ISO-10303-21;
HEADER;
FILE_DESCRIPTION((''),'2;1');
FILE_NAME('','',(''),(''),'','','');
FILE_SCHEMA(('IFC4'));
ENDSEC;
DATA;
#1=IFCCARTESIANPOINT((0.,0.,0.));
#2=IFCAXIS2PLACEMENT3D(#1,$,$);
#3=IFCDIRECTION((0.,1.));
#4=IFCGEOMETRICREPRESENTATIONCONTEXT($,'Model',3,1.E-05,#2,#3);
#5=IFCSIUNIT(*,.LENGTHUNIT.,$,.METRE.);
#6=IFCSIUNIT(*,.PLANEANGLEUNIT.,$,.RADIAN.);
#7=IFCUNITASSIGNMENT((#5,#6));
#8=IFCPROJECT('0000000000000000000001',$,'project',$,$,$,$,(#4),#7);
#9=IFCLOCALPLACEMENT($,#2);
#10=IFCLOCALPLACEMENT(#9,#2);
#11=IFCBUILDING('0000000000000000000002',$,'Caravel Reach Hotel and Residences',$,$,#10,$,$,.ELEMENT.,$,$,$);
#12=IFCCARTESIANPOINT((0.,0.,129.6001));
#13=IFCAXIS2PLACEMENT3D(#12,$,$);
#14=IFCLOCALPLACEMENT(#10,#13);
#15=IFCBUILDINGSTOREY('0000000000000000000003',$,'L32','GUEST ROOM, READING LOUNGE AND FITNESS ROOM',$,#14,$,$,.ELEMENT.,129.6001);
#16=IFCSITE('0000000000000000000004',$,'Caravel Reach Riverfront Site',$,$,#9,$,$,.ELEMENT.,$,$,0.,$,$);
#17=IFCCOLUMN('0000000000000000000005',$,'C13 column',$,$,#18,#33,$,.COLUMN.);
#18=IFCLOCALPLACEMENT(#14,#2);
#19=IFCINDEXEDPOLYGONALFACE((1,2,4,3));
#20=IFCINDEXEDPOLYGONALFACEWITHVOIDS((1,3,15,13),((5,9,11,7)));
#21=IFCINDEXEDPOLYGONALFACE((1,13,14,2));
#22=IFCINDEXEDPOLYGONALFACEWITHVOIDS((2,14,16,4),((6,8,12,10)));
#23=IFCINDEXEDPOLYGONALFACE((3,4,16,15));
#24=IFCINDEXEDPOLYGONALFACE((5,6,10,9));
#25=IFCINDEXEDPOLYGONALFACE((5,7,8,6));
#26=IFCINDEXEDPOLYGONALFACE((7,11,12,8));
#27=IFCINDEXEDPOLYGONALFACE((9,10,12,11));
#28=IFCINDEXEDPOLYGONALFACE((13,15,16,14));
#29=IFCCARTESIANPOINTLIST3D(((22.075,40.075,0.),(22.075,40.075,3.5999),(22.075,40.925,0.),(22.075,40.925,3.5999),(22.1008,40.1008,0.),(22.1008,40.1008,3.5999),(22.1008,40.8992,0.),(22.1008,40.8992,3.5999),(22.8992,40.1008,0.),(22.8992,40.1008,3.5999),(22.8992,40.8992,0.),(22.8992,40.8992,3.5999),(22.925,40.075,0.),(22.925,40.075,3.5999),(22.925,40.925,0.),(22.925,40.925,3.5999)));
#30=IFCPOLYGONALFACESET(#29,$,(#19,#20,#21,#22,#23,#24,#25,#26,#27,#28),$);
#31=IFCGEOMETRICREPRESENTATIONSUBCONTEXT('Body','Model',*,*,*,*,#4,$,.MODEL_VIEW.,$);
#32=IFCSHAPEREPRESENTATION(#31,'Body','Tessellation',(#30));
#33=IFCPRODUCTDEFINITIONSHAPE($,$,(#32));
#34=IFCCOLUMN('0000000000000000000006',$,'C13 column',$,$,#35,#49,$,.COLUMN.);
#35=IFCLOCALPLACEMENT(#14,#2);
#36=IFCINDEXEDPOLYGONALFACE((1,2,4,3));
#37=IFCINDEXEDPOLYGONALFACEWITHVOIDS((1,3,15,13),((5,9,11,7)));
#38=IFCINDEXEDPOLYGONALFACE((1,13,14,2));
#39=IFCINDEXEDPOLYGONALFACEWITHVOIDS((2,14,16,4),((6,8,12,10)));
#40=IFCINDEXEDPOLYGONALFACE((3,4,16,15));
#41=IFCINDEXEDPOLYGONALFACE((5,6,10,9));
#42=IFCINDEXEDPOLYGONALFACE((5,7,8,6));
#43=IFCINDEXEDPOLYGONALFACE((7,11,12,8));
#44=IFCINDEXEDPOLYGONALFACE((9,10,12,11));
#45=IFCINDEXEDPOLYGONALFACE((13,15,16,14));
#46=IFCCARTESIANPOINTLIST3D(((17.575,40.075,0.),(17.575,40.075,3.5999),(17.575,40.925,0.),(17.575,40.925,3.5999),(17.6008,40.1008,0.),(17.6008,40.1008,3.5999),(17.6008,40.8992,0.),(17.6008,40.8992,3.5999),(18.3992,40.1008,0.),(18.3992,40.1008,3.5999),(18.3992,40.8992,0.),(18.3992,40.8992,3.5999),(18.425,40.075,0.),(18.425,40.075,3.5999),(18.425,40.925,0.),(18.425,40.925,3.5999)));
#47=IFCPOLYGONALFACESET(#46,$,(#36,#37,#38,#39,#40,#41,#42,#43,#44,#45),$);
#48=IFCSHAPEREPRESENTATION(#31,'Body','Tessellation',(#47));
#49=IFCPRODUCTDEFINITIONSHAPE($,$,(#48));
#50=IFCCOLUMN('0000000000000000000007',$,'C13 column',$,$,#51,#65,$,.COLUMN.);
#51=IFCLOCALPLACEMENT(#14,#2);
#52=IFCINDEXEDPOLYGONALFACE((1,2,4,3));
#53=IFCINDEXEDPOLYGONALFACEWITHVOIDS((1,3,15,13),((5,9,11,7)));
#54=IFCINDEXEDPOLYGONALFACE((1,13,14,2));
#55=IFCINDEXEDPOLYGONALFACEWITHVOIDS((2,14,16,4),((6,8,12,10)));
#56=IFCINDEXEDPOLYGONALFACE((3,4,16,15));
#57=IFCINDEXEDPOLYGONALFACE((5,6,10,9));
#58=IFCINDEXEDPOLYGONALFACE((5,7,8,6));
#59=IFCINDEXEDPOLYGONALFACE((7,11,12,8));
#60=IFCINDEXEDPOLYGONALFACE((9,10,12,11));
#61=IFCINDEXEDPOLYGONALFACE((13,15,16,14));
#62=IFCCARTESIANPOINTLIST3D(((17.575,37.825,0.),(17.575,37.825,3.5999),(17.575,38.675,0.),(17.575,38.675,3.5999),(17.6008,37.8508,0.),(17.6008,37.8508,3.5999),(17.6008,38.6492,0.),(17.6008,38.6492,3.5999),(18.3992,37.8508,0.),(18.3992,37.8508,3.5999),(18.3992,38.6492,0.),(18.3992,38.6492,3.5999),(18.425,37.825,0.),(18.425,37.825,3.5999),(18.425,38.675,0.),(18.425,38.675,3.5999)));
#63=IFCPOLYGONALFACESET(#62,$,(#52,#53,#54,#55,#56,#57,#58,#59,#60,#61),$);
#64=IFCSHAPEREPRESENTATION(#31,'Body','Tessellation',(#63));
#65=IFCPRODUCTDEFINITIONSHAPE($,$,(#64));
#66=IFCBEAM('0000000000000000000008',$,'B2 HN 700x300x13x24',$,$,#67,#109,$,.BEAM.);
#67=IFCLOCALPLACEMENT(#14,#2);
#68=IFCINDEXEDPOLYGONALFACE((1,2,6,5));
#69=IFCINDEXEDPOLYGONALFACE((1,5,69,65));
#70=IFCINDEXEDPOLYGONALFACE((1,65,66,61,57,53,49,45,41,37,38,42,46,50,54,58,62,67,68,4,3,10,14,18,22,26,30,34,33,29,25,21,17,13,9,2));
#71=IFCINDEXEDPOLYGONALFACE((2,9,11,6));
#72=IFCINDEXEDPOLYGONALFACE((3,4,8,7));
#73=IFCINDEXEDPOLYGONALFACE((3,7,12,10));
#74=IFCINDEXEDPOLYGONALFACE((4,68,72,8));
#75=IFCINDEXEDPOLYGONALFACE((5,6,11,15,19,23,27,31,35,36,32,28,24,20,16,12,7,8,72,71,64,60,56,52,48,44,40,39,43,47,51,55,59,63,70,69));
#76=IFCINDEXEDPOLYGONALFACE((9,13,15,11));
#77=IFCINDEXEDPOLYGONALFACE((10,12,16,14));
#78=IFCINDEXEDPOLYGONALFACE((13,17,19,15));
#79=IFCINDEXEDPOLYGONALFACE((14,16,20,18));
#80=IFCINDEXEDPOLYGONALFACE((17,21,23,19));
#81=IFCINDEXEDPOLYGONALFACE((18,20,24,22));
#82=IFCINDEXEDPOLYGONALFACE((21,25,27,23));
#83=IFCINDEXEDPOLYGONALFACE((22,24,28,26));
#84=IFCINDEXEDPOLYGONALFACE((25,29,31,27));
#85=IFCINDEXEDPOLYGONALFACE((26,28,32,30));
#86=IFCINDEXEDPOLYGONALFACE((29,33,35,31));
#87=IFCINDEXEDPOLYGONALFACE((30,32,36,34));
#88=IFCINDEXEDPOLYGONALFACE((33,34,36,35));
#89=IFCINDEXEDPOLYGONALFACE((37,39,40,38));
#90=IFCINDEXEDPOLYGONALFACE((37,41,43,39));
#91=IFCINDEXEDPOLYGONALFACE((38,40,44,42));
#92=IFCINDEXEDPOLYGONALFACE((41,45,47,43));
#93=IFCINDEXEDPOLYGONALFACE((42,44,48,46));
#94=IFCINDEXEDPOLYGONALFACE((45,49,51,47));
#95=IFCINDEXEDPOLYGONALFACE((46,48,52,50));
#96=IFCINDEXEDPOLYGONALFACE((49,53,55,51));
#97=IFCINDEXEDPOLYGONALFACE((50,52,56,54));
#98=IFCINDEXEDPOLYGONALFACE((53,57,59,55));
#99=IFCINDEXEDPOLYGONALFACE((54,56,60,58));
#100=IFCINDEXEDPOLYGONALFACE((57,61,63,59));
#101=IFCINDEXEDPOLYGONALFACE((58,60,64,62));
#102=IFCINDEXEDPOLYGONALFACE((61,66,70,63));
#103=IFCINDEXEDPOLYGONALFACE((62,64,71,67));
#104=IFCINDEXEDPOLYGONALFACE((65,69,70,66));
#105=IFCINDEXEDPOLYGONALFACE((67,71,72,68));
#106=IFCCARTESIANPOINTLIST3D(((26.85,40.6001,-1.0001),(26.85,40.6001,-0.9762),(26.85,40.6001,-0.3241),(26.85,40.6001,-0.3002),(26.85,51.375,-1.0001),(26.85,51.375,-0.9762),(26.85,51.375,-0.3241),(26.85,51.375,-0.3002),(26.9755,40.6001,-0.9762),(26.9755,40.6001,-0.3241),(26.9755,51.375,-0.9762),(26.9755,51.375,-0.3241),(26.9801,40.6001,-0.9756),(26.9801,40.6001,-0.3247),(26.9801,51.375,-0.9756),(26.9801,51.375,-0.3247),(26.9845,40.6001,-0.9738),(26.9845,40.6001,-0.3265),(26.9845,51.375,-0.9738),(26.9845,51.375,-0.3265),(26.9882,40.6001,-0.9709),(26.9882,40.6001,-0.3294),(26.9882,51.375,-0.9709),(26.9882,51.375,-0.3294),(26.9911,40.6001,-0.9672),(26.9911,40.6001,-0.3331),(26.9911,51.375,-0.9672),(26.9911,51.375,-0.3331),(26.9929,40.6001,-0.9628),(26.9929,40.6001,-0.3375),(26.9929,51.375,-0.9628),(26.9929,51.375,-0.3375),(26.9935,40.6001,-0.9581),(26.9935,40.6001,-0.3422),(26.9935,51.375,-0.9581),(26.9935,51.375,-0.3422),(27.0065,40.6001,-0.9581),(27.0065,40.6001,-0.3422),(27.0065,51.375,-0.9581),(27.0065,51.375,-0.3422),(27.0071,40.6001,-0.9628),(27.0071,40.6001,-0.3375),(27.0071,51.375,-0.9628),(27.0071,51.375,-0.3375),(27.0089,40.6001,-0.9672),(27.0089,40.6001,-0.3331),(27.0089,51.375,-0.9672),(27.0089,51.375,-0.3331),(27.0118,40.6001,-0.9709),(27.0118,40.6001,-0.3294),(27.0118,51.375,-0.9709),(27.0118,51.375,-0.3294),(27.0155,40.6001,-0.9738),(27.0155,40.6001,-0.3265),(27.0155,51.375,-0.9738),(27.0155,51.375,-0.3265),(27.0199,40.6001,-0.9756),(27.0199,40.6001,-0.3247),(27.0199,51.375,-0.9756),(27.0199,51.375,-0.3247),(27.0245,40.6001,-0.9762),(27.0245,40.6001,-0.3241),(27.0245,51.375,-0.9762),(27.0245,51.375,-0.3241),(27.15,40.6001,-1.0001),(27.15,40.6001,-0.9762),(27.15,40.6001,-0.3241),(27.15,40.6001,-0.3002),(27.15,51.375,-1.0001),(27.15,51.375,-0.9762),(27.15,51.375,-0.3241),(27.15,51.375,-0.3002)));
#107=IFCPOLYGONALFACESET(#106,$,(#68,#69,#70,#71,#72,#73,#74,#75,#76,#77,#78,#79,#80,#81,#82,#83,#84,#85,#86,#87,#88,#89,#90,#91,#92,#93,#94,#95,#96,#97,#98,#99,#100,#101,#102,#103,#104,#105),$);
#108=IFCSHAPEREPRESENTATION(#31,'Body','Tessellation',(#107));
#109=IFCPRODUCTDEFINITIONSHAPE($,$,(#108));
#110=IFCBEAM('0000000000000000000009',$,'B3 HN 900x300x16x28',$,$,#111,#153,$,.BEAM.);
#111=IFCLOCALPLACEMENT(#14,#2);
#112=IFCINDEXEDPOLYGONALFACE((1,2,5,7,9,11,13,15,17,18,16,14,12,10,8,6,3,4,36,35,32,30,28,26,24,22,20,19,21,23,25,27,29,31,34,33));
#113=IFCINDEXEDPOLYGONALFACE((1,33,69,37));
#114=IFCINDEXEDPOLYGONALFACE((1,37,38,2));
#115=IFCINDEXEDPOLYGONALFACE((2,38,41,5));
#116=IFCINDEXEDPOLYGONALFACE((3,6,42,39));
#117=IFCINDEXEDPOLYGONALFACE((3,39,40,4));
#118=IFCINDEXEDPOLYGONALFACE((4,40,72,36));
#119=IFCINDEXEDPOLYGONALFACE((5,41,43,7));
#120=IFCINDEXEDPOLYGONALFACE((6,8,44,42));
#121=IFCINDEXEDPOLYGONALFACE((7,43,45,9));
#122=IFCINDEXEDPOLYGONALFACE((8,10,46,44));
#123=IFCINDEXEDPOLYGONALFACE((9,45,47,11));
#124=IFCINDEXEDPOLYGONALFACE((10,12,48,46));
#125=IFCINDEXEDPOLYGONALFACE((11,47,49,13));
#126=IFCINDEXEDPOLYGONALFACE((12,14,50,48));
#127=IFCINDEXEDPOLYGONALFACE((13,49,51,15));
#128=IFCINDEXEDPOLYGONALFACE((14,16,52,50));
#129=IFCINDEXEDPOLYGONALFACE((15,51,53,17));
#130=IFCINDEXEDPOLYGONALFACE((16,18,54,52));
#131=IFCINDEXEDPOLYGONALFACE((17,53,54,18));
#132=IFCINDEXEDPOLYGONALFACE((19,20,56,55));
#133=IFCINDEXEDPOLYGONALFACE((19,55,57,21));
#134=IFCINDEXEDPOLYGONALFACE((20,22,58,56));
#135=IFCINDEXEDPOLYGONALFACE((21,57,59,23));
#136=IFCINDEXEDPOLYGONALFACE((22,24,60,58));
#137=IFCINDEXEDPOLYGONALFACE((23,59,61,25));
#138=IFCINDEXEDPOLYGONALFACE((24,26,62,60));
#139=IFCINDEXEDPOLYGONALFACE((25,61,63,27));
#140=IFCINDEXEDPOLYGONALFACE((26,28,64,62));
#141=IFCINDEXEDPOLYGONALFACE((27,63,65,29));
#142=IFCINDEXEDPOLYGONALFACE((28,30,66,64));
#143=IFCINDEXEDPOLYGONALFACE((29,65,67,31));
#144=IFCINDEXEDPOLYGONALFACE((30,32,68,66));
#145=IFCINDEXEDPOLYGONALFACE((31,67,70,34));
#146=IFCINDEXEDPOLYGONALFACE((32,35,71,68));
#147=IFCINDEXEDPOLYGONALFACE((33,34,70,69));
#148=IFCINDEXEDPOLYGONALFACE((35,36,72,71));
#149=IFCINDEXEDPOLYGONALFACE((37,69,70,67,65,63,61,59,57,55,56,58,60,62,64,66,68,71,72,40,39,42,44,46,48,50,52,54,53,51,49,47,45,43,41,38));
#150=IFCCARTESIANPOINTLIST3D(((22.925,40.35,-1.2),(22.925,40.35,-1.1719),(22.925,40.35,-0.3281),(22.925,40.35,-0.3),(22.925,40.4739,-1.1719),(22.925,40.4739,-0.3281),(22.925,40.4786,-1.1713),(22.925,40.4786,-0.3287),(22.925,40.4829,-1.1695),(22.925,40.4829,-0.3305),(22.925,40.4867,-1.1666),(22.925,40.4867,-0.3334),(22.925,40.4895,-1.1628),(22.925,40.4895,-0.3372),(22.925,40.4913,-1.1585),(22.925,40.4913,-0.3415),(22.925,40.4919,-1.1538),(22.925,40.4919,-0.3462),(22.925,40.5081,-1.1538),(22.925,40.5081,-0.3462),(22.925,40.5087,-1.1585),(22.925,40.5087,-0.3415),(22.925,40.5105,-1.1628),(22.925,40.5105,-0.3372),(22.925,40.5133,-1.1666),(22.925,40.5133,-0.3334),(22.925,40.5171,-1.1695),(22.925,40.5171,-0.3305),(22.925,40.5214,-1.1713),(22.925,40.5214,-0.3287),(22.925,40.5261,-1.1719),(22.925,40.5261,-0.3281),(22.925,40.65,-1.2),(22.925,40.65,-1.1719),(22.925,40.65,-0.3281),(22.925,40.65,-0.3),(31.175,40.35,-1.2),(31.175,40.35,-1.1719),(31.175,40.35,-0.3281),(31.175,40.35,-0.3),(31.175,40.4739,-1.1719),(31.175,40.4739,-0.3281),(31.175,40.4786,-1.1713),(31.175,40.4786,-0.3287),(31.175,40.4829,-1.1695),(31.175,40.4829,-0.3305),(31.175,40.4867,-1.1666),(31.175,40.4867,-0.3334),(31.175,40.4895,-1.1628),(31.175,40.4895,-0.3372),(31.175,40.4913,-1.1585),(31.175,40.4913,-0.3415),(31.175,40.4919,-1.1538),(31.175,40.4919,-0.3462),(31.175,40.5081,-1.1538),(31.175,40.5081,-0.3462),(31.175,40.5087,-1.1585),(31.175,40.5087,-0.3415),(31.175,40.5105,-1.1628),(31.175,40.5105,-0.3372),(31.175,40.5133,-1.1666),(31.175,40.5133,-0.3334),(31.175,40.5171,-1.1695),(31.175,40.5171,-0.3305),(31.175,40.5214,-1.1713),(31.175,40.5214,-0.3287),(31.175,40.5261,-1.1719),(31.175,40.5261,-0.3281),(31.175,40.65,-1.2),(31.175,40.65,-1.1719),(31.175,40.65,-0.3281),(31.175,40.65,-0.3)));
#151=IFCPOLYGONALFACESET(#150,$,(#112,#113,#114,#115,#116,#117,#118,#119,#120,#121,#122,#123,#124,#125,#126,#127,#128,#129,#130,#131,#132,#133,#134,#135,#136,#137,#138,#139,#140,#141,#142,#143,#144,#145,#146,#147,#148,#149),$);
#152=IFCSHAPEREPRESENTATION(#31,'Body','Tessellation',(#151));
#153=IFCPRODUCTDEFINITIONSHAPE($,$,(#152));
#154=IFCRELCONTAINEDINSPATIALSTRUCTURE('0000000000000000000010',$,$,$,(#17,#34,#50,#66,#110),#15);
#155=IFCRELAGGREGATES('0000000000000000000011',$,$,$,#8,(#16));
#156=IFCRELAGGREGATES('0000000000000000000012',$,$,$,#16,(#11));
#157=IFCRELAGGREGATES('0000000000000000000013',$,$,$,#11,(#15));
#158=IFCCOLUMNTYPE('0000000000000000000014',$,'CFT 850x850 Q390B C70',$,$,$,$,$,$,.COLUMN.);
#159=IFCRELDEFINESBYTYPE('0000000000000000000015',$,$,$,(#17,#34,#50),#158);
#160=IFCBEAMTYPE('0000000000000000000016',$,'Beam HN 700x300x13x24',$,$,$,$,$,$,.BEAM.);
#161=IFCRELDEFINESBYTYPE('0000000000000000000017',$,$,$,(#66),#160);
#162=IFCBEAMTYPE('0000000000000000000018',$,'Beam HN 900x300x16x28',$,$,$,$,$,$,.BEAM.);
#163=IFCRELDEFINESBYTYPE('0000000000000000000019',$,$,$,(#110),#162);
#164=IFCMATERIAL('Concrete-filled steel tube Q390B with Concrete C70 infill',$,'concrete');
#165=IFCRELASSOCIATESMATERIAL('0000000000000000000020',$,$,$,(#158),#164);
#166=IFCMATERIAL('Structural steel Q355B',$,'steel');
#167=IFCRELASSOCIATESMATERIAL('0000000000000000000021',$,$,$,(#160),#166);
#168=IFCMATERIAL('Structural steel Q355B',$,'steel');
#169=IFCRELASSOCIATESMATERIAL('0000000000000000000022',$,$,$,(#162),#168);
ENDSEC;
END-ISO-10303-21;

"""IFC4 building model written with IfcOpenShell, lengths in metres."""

from ifc_helpers import new_model, si_unit, direction, frame, origin, origin_2d, place, context, subcontext, project, spatial, hollow_rectangle, i_section, extrude, material, material_profile, profile_set, type_object, element, save


model = new_model("IFC4")

# Units and contexts
model_context = context("Model", 3, precision=1e-05, world=origin(), true_north=direction((0.0, 1.0)))
body_context = subcontext(model_context, "Body", "Model", "MODEL_VIEW")
ifc_project = project(units=[si_unit("LENGTHUNIT", "METRE"), si_unit("PLANEANGLEUNIT", "RADIAN")], contexts=[model_context])

# Site, building, storey
site_placement = place(None, origin())
site = spatial("IfcSite", under=ifc_project, at=site_placement, Name="Caravel Reach Riverfront Site", CompositionType="ELEMENT", RefElevation=0.0)
building_placement = place(site_placement, origin())
building = spatial("IfcBuilding", under=site, at=building_placement, Name="Caravel Reach Hotel and Residences", CompositionType="ELEMENT")
storey_placement = place(building_placement, frame((0.0, 0.0, 129.6001)))
storey = spatial("IfcBuildingStorey", under=building, at=storey_placement, Name="L32", Description="GUEST ROOM, READING LOUNGE AND FITNESS ROOM", CompositionType="ELEMENT", Elevation=129.6001)

# Columns
ifc_material_1 = material(Name="Concrete-filled steel tube Q390B with Concrete C70 infill", Category="concrete")
ifc_material_profile_1 = material_profile(ifc_material_1, hollow_rectangle(XDim=0.8501, YDim=0.8501, WallThickness=0.0259, at=origin_2d()), Name="RHS 850x850x26")
ifc_profile_set_1 = profile_set([ifc_material_profile_1], Name="Concrete-filled steel tube Q390B with Concrete C70 infill")
column_type = type_object("IfcColumnType", Name="CFT 850x850 Q390B C70", PredefinedType="COLUMN", material=ifc_profile_set_1)
for number, where, z_axis, x_axis, name in (
    (1, (22.5, 40.5, 0.0), (0.0, 0.0, 1.0), (1.0, 0.0, 0.0), "C13 column"),
    (2, (18.0, 40.5, 0.0), (0.0, 0.0, 1.0), (1.0, 0.0, 0.0), "C13 column"),
    (3, (18.0, 38.25, 0.0), (0.0, 0.0, 1.0), (1.0, 0.0, 0.0), "C13 column"),
):
    element("IfcColumn", number, at=place(storey_placement, frame(where, z_axis=z_axis, x_axis=x_axis)), inside=storey, type_object=column_type, Name=name, PredefinedType="COLUMN", context=body_context, shape_type="SweptSolid", body=[
        extrude(hollow_rectangle(XDim=0.8501, YDim=0.8501, WallThickness=0.0259, at=origin_2d()), origin(), (0.0, 0.0, 1.0), 3.5999),
    ])

# Beams
ifc_material_2 = material(Name="Structural steel Q355B", Category="steel")
ifc_material_profile_2 = material_profile(ifc_material_2, i_section(OverallWidth=0.3, OverallDepth=0.7, WebThickness=0.0129, FlangeThickness=0.0239, FilletRadius=0.0181, at=origin_2d()), Name="HN 700x300x13x24")
ifc_profile_set_2 = profile_set([ifc_material_profile_2], Name="Structural steel Q355B")
beam_type_1 = type_object("IfcBeamType", Name="Beam HN 700x300x13x24", PredefinedType="BEAM", material=ifc_profile_set_2)
beam_1_placement = place(storey_placement, frame((27.0, 40.6001, -0.6501), z_axis=(0.0, 1.0, 0.0), x_axis=(-1.0, 0.0, 0.0)))
element("IfcBeam", 4, at=beam_1_placement, inside=storey, type_object=beam_type_1, Name="B2 HN 700x300x13x24", PredefinedType="BEAM", context=body_context, shape_type="SweptSolid", body=[
    extrude(i_section(OverallWidth=0.3, OverallDepth=0.7, WebThickness=0.0129, FlangeThickness=0.0239, FilletRadius=0.0181, at=origin_2d()), origin(), (0.0, 0.0, 1.0), 10.7749),
])
ifc_material_3 = material(Name="Structural steel Q355B", Category="steel")
ifc_material_profile_3 = material_profile(ifc_material_3, i_section(OverallWidth=0.3, OverallDepth=0.8999, WebThickness=0.0161, FlangeThickness=0.0281, FilletRadius=0.0181, at=origin_2d()), Name="HN 900x300x16x28")
ifc_profile_set_3 = profile_set([ifc_material_profile_3], Name="Structural steel Q355B")
beam_type_2 = type_object("IfcBeamType", Name="Beam HN 900x300x16x28", PredefinedType="BEAM", material=ifc_profile_set_3)
beam_2_placement = place(storey_placement, frame((22.925, 40.5, -0.75), z_axis=(1.0, 0.0, 0.0), x_axis=(0.0, 1.0, 0.0)))
element("IfcBeam", 5, at=beam_2_placement, inside=storey, type_object=beam_type_2, Name="B3 HN 900x300x16x28", PredefinedType="BEAM", context=body_context, shape_type="SweptSolid", body=[
    extrude(i_section(OverallWidth=0.3, OverallDepth=0.8999, WebThickness=0.0161, FlangeThickness=0.0281, FilletRadius=0.0181, at=origin_2d()), origin(), (0.0, 0.0, 1.0), 8.25),
])

save(model, "model.ifc")
